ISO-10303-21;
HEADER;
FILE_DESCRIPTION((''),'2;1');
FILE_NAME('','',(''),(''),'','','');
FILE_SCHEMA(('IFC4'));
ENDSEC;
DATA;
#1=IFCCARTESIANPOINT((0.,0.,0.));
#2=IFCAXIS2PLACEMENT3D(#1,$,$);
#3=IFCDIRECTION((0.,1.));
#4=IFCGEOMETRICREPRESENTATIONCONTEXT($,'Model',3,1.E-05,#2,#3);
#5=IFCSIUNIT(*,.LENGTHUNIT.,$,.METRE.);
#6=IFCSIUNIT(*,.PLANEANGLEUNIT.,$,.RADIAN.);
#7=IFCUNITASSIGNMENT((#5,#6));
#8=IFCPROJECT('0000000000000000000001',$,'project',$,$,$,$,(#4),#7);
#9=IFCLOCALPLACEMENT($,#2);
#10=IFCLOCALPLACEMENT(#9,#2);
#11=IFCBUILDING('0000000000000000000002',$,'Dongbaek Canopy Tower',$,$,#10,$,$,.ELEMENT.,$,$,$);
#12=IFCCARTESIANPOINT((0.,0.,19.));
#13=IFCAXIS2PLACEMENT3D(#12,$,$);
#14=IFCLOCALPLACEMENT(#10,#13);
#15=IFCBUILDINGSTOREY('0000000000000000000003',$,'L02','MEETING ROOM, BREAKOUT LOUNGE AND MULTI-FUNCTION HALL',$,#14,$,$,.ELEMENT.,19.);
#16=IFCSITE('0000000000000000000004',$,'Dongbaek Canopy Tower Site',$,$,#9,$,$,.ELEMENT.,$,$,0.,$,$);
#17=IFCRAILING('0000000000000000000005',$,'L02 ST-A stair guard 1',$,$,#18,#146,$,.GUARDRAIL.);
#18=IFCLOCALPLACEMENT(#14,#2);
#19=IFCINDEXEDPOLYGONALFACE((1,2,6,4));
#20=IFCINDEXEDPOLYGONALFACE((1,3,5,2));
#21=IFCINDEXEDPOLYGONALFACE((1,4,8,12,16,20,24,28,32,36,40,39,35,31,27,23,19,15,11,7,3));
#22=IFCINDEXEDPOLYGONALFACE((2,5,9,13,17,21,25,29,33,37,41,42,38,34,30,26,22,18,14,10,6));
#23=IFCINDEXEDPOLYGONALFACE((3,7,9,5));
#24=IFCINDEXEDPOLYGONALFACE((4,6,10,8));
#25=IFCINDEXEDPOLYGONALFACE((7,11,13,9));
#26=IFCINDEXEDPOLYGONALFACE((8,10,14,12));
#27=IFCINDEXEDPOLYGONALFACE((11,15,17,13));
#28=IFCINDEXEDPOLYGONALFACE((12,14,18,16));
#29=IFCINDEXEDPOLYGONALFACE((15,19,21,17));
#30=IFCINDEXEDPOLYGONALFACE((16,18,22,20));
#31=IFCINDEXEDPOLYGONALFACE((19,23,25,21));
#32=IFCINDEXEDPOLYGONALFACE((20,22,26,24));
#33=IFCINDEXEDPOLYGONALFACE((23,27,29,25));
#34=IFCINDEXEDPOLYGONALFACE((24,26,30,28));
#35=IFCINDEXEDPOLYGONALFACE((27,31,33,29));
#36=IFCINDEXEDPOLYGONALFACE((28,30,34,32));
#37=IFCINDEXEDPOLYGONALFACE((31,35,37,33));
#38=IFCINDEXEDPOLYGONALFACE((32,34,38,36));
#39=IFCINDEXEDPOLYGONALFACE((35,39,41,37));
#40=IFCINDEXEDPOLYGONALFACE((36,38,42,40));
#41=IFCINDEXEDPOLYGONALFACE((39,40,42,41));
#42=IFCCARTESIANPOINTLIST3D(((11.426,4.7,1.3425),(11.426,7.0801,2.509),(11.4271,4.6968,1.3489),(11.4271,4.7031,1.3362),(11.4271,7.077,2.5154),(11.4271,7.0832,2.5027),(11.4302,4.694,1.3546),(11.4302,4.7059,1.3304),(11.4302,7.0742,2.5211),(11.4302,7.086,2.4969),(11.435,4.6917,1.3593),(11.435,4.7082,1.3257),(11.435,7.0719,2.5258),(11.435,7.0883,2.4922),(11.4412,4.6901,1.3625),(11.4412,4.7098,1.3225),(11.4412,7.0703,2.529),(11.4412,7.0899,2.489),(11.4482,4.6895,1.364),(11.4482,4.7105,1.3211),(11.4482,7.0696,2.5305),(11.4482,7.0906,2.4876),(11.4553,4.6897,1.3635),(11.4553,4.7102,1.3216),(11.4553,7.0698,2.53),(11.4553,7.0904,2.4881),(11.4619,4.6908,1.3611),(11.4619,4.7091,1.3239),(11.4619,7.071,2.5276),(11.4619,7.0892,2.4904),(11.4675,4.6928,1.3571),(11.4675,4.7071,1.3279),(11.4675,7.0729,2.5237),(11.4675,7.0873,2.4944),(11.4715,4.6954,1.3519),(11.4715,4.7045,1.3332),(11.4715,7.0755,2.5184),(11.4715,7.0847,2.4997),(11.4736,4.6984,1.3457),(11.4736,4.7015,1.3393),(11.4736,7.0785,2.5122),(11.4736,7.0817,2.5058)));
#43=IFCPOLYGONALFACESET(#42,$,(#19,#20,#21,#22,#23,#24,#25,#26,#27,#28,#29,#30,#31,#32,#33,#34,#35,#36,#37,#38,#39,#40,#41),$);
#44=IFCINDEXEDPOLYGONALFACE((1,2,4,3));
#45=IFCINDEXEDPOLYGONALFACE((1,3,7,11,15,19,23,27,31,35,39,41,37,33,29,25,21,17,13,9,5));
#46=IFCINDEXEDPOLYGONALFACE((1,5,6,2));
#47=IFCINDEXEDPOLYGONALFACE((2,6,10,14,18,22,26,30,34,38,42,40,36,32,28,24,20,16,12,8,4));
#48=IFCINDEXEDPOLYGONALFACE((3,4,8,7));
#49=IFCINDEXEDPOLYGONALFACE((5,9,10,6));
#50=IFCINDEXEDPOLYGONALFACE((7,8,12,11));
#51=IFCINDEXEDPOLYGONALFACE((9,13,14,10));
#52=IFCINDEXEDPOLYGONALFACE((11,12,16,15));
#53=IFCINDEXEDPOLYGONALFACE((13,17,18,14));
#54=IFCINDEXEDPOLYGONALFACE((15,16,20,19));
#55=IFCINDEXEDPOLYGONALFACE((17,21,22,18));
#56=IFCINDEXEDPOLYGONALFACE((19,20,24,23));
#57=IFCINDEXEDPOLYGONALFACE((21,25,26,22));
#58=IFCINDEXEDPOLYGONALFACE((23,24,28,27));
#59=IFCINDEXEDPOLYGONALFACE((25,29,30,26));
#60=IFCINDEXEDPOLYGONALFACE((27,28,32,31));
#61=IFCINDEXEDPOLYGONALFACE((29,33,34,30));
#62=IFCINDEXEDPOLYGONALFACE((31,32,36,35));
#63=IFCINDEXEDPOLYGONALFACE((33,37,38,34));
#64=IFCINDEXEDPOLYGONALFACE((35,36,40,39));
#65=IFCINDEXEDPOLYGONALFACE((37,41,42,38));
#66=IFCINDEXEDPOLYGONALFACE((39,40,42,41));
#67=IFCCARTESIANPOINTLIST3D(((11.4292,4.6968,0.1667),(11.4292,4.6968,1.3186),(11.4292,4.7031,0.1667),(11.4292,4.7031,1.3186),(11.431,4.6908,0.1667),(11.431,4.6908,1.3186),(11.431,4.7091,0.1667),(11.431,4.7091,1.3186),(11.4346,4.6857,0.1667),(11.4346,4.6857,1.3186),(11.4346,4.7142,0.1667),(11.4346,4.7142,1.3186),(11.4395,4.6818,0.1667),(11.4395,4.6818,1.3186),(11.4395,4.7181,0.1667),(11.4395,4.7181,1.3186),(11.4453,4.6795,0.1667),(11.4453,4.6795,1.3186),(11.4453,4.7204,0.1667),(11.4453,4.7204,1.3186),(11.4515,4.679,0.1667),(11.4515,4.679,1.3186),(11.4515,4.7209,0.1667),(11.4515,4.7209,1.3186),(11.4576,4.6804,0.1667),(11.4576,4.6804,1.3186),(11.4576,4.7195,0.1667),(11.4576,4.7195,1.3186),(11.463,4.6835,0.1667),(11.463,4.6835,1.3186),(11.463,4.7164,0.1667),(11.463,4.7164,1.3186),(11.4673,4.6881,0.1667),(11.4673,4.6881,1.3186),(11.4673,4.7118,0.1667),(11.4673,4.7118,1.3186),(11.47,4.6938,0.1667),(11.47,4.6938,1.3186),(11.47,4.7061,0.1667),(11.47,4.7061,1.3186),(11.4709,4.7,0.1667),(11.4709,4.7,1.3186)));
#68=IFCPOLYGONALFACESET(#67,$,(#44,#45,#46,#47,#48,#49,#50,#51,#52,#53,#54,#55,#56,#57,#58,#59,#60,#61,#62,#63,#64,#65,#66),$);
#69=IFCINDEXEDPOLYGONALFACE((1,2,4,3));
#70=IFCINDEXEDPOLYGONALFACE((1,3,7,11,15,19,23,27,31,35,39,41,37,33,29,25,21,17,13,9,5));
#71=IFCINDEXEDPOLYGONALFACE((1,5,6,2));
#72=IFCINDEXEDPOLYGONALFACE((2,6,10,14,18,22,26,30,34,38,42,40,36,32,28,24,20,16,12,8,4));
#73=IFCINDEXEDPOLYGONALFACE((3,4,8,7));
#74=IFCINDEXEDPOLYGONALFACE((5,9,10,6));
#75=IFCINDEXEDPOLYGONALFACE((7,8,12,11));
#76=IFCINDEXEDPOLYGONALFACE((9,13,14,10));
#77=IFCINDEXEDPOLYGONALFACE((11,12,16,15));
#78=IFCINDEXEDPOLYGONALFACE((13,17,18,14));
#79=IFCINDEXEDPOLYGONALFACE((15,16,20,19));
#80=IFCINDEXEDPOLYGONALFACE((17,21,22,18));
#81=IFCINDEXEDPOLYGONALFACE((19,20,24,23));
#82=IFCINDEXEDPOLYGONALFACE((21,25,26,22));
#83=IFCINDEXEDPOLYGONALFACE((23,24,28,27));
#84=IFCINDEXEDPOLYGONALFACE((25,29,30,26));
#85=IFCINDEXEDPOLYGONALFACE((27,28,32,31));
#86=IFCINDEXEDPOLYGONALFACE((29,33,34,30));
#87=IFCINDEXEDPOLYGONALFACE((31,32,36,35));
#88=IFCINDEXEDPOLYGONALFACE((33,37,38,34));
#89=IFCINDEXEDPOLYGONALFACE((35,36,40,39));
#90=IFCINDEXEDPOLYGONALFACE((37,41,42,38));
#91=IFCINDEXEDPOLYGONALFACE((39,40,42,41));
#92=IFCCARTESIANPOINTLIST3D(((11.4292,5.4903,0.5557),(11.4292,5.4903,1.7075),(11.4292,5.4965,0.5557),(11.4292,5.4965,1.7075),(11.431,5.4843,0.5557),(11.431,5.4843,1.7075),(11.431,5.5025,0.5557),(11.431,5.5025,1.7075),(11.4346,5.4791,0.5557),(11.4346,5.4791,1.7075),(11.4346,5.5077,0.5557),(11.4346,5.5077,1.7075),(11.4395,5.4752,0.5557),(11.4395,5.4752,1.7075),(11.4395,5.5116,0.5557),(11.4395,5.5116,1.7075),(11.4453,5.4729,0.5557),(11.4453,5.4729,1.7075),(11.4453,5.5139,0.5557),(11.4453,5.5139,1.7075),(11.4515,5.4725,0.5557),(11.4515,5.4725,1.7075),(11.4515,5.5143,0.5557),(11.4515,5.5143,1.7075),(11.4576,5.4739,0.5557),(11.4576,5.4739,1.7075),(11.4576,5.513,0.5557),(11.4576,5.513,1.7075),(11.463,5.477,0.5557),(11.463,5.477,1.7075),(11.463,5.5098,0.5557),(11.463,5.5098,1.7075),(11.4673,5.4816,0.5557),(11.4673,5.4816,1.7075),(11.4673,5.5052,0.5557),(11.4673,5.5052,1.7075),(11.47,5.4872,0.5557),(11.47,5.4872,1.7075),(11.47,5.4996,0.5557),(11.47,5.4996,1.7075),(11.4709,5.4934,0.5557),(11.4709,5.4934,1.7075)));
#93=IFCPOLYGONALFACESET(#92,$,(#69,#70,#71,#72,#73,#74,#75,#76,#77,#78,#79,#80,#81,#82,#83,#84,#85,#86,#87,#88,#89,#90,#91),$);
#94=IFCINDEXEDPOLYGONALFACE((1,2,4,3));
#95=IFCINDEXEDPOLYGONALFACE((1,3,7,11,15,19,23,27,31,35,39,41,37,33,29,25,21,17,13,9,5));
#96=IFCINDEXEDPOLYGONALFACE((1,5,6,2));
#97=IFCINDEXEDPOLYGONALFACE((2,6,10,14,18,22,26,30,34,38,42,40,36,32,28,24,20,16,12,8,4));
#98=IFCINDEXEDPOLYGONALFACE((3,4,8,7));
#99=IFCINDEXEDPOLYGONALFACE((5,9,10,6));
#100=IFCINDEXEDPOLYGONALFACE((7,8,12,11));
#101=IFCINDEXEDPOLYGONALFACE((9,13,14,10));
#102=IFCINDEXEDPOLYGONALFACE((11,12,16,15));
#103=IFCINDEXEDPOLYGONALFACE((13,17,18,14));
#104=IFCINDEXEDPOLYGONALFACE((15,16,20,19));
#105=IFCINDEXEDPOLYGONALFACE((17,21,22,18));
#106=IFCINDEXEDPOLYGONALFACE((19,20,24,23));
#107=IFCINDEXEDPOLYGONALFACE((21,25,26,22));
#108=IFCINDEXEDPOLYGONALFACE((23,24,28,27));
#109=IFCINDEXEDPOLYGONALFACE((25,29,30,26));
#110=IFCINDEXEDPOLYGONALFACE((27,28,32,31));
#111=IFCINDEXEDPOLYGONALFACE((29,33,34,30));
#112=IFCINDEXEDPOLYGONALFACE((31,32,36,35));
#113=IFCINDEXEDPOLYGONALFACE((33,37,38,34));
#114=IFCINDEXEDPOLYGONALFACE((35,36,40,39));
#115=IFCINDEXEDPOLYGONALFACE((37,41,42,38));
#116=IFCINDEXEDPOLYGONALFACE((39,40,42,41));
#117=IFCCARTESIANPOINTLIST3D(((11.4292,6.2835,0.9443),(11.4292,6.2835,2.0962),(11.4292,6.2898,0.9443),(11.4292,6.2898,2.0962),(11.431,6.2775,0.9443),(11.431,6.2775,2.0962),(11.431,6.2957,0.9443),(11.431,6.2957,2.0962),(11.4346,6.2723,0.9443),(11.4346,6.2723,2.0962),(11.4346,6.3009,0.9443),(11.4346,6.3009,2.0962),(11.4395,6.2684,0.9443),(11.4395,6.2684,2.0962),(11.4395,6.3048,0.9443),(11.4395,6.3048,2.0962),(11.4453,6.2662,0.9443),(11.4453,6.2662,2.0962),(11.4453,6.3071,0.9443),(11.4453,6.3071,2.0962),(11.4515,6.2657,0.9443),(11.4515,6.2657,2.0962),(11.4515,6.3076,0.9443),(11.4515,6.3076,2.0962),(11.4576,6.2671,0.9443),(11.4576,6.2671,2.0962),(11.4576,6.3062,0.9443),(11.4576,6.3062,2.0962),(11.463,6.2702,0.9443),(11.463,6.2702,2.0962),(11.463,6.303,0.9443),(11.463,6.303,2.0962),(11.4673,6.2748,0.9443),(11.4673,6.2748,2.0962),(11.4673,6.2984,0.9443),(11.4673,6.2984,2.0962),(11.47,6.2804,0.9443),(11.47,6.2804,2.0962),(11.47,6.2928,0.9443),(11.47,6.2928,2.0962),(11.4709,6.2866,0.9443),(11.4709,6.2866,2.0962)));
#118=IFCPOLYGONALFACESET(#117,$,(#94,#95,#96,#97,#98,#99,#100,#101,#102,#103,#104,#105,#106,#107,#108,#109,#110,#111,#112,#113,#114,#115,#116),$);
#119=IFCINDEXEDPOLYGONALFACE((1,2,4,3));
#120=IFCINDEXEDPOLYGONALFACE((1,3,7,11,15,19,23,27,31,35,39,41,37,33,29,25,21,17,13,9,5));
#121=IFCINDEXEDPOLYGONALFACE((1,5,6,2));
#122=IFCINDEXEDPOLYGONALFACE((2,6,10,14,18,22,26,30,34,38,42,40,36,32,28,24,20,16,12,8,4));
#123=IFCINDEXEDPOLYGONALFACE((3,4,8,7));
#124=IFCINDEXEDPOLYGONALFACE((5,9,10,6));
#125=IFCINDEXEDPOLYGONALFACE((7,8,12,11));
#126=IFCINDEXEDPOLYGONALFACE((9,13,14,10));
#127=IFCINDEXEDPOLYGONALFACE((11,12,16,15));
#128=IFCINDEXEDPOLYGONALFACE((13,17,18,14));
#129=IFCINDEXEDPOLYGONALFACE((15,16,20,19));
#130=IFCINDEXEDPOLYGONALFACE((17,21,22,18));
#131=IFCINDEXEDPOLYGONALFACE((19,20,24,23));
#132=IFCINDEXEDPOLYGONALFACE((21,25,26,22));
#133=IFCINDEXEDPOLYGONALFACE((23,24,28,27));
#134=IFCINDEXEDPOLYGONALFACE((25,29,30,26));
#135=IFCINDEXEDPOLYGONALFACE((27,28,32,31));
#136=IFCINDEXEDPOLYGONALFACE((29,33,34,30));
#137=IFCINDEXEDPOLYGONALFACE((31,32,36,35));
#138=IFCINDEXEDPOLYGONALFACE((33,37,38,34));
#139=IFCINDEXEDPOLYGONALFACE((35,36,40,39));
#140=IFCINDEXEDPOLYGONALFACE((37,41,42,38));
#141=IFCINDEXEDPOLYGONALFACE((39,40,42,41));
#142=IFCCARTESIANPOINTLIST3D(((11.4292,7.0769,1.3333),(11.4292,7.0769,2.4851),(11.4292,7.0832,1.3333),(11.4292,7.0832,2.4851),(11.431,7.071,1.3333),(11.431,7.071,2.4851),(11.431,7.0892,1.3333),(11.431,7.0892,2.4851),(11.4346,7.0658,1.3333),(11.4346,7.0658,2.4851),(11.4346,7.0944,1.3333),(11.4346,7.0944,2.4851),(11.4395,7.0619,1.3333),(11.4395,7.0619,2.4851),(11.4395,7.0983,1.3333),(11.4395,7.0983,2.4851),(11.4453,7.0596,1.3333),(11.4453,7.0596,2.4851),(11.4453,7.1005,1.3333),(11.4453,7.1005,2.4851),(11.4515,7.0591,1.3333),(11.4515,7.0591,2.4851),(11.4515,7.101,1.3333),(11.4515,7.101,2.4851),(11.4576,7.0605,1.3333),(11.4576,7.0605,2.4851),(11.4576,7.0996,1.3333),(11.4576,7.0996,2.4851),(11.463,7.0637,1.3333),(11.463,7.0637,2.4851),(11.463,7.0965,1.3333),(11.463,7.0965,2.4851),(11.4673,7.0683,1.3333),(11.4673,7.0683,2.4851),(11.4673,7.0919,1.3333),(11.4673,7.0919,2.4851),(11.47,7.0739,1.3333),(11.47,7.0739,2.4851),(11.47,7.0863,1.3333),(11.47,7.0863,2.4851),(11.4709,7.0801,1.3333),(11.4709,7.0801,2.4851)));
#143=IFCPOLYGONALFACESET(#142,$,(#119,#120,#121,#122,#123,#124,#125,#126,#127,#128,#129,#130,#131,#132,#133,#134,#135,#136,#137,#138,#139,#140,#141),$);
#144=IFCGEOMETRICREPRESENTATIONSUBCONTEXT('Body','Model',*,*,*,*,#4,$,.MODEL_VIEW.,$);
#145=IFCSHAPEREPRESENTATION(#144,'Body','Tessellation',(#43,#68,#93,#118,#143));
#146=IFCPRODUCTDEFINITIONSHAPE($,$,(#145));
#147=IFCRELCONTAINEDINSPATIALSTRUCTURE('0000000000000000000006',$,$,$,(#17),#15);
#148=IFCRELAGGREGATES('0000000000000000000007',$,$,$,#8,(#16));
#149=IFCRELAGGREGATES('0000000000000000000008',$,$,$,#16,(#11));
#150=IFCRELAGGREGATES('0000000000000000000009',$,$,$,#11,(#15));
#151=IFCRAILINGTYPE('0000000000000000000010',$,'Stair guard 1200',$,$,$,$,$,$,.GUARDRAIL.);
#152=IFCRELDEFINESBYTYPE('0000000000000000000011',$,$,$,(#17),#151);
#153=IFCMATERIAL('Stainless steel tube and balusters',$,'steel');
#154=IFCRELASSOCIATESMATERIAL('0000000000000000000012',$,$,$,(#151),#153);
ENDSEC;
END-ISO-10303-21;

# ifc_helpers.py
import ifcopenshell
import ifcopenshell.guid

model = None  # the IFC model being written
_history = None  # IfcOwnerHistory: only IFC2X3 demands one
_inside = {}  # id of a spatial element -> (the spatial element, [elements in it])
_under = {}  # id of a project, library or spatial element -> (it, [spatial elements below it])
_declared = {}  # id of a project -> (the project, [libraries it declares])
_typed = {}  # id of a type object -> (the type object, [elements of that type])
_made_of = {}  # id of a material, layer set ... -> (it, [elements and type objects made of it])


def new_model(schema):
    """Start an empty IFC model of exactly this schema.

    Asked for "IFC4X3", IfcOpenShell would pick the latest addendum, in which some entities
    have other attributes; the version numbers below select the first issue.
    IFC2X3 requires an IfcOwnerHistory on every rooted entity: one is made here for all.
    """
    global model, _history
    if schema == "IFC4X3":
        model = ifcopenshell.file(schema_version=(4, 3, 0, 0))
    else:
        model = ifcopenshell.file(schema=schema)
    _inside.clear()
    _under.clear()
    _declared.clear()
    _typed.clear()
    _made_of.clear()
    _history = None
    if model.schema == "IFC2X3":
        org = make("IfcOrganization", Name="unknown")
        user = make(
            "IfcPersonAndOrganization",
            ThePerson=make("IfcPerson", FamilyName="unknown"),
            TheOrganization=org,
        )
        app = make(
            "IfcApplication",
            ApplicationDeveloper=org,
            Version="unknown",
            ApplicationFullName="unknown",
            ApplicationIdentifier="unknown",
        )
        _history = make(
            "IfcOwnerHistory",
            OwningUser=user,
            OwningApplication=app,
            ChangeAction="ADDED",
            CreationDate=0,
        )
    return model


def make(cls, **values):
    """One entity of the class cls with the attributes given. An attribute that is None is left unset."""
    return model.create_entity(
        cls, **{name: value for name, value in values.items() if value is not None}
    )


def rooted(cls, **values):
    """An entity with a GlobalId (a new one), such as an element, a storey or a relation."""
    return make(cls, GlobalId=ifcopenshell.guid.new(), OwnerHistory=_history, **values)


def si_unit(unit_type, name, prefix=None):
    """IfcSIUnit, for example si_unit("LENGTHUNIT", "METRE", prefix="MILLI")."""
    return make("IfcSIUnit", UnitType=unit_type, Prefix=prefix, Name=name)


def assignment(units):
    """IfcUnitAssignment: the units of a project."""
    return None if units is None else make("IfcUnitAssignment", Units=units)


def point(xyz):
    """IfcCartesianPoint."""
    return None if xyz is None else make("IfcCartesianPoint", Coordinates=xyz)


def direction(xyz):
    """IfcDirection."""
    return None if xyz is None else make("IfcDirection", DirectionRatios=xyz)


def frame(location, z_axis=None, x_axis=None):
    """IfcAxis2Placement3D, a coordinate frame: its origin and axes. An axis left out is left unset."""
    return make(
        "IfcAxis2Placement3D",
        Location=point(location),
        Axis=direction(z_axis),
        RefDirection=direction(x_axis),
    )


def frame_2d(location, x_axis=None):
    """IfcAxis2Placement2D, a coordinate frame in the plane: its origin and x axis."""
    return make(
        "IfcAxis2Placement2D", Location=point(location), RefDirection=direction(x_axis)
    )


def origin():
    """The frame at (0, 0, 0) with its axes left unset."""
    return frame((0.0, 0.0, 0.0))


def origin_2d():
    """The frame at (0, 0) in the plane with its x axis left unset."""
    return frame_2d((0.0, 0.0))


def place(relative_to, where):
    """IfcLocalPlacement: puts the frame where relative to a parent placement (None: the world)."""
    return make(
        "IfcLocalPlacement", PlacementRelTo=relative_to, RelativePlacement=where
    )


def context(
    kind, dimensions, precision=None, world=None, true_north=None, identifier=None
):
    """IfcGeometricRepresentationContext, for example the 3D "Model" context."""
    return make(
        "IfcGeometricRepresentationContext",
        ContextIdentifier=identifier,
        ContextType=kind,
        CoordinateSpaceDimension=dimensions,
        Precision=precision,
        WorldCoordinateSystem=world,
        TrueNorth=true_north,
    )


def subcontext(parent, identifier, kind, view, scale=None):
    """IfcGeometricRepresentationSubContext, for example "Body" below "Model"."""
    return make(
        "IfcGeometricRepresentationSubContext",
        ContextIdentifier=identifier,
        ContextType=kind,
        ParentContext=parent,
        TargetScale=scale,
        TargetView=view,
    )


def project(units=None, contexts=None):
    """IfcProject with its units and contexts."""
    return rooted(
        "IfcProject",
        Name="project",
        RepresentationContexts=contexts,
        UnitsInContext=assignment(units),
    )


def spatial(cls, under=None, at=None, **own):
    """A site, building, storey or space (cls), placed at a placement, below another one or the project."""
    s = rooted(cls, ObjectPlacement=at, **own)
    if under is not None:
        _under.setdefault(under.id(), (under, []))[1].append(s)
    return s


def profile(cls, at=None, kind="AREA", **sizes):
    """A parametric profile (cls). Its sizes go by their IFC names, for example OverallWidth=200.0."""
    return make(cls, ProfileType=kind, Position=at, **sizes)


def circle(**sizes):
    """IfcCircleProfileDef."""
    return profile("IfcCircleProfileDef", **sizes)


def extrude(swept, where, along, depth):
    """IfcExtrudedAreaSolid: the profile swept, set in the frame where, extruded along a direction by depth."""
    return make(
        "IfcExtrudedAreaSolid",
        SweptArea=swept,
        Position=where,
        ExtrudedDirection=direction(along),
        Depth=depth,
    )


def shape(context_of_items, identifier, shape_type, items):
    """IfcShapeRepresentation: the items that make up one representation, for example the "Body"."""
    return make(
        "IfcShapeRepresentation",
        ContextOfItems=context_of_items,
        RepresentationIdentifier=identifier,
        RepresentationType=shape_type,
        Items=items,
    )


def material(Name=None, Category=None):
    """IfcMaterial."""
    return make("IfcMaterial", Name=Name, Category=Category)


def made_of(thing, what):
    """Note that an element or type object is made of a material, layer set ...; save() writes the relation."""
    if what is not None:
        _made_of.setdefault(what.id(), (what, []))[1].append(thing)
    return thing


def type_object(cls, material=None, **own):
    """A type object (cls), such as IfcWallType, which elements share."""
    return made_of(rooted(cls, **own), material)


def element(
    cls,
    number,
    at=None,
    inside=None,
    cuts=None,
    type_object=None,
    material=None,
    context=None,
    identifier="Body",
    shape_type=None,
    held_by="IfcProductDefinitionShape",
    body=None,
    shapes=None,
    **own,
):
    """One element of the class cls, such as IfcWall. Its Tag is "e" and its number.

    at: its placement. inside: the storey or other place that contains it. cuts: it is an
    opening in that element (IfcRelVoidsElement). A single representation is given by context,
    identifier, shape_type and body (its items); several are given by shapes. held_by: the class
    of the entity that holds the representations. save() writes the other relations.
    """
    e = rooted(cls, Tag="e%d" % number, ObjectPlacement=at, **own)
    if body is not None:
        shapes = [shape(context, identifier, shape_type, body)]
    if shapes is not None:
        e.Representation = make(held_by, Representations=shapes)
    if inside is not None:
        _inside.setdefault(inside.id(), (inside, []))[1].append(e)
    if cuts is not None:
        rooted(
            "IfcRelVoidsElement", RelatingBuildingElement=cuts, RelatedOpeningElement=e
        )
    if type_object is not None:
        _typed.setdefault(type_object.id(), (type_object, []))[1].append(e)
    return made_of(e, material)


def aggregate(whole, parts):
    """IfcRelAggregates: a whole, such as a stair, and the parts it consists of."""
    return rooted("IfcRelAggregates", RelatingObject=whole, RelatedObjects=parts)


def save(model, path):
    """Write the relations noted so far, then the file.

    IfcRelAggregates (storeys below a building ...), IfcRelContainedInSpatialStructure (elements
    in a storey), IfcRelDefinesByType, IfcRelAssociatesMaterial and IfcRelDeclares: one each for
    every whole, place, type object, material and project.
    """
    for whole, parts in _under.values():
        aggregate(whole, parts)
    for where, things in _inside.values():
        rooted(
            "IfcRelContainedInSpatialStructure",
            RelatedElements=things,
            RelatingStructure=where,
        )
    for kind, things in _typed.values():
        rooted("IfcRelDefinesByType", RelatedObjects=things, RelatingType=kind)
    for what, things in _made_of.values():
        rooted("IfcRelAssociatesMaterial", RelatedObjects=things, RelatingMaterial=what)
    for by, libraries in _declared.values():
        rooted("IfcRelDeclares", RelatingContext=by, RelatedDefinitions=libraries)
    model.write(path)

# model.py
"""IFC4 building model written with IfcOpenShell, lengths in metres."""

from ifc_helpers import new_model, si_unit, direction, frame, origin, origin_2d, place, context, subcontext, project, spatial, circle, extrude, material, type_object, element, save


model = new_model("IFC4")

# Units and contexts
model_context = context("Model", 3, precision=1e-05, world=origin(), true_north=direction((0.0, 1.0)))
body_context = subcontext(model_context, "Body", "Model", "MODEL_VIEW")
ifc_project = project(units=[si_unit("LENGTHUNIT", "METRE"), si_unit("PLANEANGLEUNIT", "RADIAN")], contexts=[model_context])

# Site, building, storey
site_placement = place(None, origin())
site = spatial("IfcSite", under=ifc_project, at=site_placement, Name="Dongbaek Canopy Tower Site", CompositionType="ELEMENT", RefElevation=0.0)
building_placement = place(site_placement, origin())
building = spatial("IfcBuilding", under=site, at=building_placement, Name="Dongbaek Canopy Tower", CompositionType="ELEMENT")
storey_placement = place(building_placement, frame((0.0, 0.0, 19.0)))
storey = spatial("IfcBuildingStorey", under=building, at=storey_placement, Name="L02", Description="MEETING ROOM, BREAKOUT LOUNGE AND MULTI-FUNCTION HALL", CompositionType="ELEMENT", Elevation=19.0)

# Railing
ifc_material_1 = material(Name="Stainless steel tube and balusters", Category="steel")
railing_type_1 = type_object("IfcRailingType", Name="Stair guard 1200", PredefinedType="GUARDRAIL", material=ifc_material_1)
railing_1_placement = place(storey_placement, frame((11.45, 4.7, 0.1667)))
element("IfcRailing", 1, at=railing_1_placement, inside=storey, type_object=railing_type_1, Name="L02 ST-A stair guard 1", PredefinedType="GUARDRAIL", context=body_context, shape_type="SweptSolid", body=[
    extrude(circle(Radius=0.0239, at=origin_2d()), frame((0.0, 0.0, 1.1758), z_axis=(0.0, 0.897954, 0.440089), x_axis=(-1.0, 0.0, 0.0)), (0.0, 0.0, 1.0), 2.6506),
    extrude(circle(Radius=0.021, at=origin_2d()), origin(), (0.0, 0.0, 1.0), 1.1519),
    extrude(circle(Radius=0.021, at=origin_2d()), frame((0.0, 0.7935, 0.3889)), (0.0, 0.0, 1.0), 1.1519),
    extrude(circle(Radius=0.021, at=origin_2d()), frame((0.0, 1.5867, 0.7776)), (0.0, 0.0, 1.0), 1.1519),
    extrude(circle(Radius=0.021, at=origin_2d()), frame((0.0, 2.3801, 1.1665)), (0.0, 0.0, 1.0), 1.1519),
])

save(model, "model.ifc")
